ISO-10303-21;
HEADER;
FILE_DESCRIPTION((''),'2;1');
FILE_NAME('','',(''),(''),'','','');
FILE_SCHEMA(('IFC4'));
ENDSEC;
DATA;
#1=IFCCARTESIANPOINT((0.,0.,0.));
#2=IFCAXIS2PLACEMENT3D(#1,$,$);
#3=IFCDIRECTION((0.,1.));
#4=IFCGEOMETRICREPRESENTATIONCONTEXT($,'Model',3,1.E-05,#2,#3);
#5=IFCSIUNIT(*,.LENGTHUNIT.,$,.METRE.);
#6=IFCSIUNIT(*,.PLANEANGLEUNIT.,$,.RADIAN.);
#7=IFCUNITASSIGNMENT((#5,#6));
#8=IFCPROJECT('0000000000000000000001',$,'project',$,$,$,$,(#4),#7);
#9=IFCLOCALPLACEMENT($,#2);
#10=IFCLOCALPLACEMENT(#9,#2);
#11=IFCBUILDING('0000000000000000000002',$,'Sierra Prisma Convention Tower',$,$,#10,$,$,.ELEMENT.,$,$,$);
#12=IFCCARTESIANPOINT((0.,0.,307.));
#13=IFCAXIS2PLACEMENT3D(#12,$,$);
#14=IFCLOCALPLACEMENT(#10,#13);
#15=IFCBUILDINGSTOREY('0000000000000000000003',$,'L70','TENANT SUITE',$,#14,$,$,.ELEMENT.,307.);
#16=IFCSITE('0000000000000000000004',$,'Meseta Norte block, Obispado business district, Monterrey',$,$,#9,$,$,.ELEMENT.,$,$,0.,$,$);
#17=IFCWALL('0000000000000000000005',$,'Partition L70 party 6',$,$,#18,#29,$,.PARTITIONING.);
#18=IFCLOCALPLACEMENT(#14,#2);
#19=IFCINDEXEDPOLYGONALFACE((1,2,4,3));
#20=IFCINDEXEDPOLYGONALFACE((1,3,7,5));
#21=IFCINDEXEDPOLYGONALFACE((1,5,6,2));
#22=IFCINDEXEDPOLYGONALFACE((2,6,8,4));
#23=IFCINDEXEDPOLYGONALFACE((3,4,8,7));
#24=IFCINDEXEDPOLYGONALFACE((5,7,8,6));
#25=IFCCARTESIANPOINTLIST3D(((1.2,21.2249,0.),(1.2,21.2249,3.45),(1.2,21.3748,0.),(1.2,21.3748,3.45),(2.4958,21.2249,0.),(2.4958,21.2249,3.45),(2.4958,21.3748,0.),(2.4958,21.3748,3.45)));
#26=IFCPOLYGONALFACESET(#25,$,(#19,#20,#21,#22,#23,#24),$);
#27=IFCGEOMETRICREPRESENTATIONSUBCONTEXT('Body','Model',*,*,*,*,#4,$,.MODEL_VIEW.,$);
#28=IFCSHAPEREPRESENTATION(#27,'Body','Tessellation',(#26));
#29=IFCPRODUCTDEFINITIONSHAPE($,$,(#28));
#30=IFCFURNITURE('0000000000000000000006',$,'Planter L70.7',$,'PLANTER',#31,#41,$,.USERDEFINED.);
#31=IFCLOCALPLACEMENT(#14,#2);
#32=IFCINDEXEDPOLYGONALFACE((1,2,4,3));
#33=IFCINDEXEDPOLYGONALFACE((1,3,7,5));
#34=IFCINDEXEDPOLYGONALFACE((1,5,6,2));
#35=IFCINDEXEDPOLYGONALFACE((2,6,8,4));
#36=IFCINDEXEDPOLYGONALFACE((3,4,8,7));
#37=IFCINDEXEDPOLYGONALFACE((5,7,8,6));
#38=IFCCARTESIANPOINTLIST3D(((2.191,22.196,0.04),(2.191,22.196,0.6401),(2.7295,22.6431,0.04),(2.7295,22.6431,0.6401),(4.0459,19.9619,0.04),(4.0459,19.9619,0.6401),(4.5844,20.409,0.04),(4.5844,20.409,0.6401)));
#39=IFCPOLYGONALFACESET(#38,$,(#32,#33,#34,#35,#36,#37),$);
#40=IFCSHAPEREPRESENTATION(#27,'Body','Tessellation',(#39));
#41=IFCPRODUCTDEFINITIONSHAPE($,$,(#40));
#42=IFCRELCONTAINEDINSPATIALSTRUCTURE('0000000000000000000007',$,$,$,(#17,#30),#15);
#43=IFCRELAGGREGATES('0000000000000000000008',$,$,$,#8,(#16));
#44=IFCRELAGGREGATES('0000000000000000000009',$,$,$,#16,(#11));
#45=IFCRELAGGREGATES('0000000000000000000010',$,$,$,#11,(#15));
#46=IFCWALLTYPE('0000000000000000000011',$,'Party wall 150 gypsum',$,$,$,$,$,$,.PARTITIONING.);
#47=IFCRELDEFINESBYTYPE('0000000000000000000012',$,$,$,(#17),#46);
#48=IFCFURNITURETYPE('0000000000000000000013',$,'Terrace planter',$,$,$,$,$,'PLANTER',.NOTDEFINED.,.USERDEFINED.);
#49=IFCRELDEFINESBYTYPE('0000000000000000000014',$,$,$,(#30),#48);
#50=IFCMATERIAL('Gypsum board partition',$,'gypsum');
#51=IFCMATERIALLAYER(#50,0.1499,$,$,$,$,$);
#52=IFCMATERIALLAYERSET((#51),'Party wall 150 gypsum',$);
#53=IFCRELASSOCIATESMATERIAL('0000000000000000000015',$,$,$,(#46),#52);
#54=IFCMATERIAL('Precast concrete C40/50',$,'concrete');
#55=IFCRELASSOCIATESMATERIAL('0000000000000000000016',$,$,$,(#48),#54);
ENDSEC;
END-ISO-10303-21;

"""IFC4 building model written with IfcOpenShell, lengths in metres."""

from ifc_helpers import new_model, si_unit, direction, frame, frame_2d, origin, origin_2d, place, context, subcontext, project, spatial, rectangle, extrude, material, layer, layer_set, type_object, element, save


model = new_model("IFC4")

# Units and contexts
model_context = context("Model", 3, precision=1e-05, world=origin(), true_north=direction((0.0, 1.0)))
body_context = subcontext(model_context, "Body", "Model", "MODEL_VIEW")
ifc_project = project(units=[si_unit("LENGTHUNIT", "METRE"), si_unit("PLANEANGLEUNIT", "RADIAN")], contexts=[model_context])

# Site, building, storey
site_placement = place(None, origin())
site = spatial("IfcSite", under=ifc_project, at=site_placement, Name="Meseta Norte block, Obispado business district, Monterrey", CompositionType="ELEMENT", RefElevation=0.0)
building_placement = place(site_placement, origin())
building = spatial("IfcBuilding", under=site, at=building_placement, Name="Sierra Prisma Convention Tower", CompositionType="ELEMENT")
storey_placement = place(building_placement, frame((0.0, 0.0, 307.0)))
storey = spatial("IfcBuildingStorey", under=building, at=storey_placement, Name="L70", Description="TENANT SUITE", CompositionType="ELEMENT", Elevation=307.0)

# Wall
ifc_material_1 = material(Name="Gypsum board partition", Category="gypsum")
ifc_layer_1 = layer(ifc_material_1, 0.1499)
ifc_layer_set_1 = layer_set([ifc_layer_1], Name="Party wall 150 gypsum")
wall_type_1 = type_object("IfcWallType", Name="Party wall 150 gypsum", PredefinedType="PARTITIONING", material=ifc_layer_set_1)
wall_1_placement = place(storey_placement, frame((1.2, 21.2998, 0.0), z_axis=(0.0, 0.0, 1.0), x_axis=(1.0, 0.0, 0.0)))
element("IfcWall", 1, at=wall_1_placement, inside=storey, type_object=wall_type_1, Name="Partition L70 party 6", PredefinedType="PARTITIONING", context=body_context, shape_type="SweptSolid", body=[
    extrude(rectangle(XDim=1.2959, YDim=0.1499, at=frame_2d((0.6479, 0.0))), origin(), (0.0, 0.0, 1.0), 3.45),
])

# Furniture
ifc_material_2 = material(Name="Precast concrete C40/50", Category="concrete")
furniture_type = type_object("IfcFurnitureType", Name="Terrace planter", ElementType="PLANTER", AssemblyPlace="NOTDEFINED", PredefinedType="USERDEFINED", material=ifc_material_2)
furniture_placement = place(storey_placement, frame((3.3877, 21.3025, 0.04), z_axis=(0.0, 0.0, 1.0), x_axis=(-0.638784, 0.769386, 0.0)))
element("IfcFurniture", 2, at=furniture_placement, inside=storey, type_object=furniture_type, Name="Planter L70.7", ObjectType="PLANTER", PredefinedType="USERDEFINED", context=body_context, shape_type="SweptSolid", body=[
    extrude(rectangle(XDim=2.9038, YDim=0.7, at=origin_2d()), origin(), (0.0, 0.0, 1.0), 0.6001),
])

save(model, "model.ifc")
